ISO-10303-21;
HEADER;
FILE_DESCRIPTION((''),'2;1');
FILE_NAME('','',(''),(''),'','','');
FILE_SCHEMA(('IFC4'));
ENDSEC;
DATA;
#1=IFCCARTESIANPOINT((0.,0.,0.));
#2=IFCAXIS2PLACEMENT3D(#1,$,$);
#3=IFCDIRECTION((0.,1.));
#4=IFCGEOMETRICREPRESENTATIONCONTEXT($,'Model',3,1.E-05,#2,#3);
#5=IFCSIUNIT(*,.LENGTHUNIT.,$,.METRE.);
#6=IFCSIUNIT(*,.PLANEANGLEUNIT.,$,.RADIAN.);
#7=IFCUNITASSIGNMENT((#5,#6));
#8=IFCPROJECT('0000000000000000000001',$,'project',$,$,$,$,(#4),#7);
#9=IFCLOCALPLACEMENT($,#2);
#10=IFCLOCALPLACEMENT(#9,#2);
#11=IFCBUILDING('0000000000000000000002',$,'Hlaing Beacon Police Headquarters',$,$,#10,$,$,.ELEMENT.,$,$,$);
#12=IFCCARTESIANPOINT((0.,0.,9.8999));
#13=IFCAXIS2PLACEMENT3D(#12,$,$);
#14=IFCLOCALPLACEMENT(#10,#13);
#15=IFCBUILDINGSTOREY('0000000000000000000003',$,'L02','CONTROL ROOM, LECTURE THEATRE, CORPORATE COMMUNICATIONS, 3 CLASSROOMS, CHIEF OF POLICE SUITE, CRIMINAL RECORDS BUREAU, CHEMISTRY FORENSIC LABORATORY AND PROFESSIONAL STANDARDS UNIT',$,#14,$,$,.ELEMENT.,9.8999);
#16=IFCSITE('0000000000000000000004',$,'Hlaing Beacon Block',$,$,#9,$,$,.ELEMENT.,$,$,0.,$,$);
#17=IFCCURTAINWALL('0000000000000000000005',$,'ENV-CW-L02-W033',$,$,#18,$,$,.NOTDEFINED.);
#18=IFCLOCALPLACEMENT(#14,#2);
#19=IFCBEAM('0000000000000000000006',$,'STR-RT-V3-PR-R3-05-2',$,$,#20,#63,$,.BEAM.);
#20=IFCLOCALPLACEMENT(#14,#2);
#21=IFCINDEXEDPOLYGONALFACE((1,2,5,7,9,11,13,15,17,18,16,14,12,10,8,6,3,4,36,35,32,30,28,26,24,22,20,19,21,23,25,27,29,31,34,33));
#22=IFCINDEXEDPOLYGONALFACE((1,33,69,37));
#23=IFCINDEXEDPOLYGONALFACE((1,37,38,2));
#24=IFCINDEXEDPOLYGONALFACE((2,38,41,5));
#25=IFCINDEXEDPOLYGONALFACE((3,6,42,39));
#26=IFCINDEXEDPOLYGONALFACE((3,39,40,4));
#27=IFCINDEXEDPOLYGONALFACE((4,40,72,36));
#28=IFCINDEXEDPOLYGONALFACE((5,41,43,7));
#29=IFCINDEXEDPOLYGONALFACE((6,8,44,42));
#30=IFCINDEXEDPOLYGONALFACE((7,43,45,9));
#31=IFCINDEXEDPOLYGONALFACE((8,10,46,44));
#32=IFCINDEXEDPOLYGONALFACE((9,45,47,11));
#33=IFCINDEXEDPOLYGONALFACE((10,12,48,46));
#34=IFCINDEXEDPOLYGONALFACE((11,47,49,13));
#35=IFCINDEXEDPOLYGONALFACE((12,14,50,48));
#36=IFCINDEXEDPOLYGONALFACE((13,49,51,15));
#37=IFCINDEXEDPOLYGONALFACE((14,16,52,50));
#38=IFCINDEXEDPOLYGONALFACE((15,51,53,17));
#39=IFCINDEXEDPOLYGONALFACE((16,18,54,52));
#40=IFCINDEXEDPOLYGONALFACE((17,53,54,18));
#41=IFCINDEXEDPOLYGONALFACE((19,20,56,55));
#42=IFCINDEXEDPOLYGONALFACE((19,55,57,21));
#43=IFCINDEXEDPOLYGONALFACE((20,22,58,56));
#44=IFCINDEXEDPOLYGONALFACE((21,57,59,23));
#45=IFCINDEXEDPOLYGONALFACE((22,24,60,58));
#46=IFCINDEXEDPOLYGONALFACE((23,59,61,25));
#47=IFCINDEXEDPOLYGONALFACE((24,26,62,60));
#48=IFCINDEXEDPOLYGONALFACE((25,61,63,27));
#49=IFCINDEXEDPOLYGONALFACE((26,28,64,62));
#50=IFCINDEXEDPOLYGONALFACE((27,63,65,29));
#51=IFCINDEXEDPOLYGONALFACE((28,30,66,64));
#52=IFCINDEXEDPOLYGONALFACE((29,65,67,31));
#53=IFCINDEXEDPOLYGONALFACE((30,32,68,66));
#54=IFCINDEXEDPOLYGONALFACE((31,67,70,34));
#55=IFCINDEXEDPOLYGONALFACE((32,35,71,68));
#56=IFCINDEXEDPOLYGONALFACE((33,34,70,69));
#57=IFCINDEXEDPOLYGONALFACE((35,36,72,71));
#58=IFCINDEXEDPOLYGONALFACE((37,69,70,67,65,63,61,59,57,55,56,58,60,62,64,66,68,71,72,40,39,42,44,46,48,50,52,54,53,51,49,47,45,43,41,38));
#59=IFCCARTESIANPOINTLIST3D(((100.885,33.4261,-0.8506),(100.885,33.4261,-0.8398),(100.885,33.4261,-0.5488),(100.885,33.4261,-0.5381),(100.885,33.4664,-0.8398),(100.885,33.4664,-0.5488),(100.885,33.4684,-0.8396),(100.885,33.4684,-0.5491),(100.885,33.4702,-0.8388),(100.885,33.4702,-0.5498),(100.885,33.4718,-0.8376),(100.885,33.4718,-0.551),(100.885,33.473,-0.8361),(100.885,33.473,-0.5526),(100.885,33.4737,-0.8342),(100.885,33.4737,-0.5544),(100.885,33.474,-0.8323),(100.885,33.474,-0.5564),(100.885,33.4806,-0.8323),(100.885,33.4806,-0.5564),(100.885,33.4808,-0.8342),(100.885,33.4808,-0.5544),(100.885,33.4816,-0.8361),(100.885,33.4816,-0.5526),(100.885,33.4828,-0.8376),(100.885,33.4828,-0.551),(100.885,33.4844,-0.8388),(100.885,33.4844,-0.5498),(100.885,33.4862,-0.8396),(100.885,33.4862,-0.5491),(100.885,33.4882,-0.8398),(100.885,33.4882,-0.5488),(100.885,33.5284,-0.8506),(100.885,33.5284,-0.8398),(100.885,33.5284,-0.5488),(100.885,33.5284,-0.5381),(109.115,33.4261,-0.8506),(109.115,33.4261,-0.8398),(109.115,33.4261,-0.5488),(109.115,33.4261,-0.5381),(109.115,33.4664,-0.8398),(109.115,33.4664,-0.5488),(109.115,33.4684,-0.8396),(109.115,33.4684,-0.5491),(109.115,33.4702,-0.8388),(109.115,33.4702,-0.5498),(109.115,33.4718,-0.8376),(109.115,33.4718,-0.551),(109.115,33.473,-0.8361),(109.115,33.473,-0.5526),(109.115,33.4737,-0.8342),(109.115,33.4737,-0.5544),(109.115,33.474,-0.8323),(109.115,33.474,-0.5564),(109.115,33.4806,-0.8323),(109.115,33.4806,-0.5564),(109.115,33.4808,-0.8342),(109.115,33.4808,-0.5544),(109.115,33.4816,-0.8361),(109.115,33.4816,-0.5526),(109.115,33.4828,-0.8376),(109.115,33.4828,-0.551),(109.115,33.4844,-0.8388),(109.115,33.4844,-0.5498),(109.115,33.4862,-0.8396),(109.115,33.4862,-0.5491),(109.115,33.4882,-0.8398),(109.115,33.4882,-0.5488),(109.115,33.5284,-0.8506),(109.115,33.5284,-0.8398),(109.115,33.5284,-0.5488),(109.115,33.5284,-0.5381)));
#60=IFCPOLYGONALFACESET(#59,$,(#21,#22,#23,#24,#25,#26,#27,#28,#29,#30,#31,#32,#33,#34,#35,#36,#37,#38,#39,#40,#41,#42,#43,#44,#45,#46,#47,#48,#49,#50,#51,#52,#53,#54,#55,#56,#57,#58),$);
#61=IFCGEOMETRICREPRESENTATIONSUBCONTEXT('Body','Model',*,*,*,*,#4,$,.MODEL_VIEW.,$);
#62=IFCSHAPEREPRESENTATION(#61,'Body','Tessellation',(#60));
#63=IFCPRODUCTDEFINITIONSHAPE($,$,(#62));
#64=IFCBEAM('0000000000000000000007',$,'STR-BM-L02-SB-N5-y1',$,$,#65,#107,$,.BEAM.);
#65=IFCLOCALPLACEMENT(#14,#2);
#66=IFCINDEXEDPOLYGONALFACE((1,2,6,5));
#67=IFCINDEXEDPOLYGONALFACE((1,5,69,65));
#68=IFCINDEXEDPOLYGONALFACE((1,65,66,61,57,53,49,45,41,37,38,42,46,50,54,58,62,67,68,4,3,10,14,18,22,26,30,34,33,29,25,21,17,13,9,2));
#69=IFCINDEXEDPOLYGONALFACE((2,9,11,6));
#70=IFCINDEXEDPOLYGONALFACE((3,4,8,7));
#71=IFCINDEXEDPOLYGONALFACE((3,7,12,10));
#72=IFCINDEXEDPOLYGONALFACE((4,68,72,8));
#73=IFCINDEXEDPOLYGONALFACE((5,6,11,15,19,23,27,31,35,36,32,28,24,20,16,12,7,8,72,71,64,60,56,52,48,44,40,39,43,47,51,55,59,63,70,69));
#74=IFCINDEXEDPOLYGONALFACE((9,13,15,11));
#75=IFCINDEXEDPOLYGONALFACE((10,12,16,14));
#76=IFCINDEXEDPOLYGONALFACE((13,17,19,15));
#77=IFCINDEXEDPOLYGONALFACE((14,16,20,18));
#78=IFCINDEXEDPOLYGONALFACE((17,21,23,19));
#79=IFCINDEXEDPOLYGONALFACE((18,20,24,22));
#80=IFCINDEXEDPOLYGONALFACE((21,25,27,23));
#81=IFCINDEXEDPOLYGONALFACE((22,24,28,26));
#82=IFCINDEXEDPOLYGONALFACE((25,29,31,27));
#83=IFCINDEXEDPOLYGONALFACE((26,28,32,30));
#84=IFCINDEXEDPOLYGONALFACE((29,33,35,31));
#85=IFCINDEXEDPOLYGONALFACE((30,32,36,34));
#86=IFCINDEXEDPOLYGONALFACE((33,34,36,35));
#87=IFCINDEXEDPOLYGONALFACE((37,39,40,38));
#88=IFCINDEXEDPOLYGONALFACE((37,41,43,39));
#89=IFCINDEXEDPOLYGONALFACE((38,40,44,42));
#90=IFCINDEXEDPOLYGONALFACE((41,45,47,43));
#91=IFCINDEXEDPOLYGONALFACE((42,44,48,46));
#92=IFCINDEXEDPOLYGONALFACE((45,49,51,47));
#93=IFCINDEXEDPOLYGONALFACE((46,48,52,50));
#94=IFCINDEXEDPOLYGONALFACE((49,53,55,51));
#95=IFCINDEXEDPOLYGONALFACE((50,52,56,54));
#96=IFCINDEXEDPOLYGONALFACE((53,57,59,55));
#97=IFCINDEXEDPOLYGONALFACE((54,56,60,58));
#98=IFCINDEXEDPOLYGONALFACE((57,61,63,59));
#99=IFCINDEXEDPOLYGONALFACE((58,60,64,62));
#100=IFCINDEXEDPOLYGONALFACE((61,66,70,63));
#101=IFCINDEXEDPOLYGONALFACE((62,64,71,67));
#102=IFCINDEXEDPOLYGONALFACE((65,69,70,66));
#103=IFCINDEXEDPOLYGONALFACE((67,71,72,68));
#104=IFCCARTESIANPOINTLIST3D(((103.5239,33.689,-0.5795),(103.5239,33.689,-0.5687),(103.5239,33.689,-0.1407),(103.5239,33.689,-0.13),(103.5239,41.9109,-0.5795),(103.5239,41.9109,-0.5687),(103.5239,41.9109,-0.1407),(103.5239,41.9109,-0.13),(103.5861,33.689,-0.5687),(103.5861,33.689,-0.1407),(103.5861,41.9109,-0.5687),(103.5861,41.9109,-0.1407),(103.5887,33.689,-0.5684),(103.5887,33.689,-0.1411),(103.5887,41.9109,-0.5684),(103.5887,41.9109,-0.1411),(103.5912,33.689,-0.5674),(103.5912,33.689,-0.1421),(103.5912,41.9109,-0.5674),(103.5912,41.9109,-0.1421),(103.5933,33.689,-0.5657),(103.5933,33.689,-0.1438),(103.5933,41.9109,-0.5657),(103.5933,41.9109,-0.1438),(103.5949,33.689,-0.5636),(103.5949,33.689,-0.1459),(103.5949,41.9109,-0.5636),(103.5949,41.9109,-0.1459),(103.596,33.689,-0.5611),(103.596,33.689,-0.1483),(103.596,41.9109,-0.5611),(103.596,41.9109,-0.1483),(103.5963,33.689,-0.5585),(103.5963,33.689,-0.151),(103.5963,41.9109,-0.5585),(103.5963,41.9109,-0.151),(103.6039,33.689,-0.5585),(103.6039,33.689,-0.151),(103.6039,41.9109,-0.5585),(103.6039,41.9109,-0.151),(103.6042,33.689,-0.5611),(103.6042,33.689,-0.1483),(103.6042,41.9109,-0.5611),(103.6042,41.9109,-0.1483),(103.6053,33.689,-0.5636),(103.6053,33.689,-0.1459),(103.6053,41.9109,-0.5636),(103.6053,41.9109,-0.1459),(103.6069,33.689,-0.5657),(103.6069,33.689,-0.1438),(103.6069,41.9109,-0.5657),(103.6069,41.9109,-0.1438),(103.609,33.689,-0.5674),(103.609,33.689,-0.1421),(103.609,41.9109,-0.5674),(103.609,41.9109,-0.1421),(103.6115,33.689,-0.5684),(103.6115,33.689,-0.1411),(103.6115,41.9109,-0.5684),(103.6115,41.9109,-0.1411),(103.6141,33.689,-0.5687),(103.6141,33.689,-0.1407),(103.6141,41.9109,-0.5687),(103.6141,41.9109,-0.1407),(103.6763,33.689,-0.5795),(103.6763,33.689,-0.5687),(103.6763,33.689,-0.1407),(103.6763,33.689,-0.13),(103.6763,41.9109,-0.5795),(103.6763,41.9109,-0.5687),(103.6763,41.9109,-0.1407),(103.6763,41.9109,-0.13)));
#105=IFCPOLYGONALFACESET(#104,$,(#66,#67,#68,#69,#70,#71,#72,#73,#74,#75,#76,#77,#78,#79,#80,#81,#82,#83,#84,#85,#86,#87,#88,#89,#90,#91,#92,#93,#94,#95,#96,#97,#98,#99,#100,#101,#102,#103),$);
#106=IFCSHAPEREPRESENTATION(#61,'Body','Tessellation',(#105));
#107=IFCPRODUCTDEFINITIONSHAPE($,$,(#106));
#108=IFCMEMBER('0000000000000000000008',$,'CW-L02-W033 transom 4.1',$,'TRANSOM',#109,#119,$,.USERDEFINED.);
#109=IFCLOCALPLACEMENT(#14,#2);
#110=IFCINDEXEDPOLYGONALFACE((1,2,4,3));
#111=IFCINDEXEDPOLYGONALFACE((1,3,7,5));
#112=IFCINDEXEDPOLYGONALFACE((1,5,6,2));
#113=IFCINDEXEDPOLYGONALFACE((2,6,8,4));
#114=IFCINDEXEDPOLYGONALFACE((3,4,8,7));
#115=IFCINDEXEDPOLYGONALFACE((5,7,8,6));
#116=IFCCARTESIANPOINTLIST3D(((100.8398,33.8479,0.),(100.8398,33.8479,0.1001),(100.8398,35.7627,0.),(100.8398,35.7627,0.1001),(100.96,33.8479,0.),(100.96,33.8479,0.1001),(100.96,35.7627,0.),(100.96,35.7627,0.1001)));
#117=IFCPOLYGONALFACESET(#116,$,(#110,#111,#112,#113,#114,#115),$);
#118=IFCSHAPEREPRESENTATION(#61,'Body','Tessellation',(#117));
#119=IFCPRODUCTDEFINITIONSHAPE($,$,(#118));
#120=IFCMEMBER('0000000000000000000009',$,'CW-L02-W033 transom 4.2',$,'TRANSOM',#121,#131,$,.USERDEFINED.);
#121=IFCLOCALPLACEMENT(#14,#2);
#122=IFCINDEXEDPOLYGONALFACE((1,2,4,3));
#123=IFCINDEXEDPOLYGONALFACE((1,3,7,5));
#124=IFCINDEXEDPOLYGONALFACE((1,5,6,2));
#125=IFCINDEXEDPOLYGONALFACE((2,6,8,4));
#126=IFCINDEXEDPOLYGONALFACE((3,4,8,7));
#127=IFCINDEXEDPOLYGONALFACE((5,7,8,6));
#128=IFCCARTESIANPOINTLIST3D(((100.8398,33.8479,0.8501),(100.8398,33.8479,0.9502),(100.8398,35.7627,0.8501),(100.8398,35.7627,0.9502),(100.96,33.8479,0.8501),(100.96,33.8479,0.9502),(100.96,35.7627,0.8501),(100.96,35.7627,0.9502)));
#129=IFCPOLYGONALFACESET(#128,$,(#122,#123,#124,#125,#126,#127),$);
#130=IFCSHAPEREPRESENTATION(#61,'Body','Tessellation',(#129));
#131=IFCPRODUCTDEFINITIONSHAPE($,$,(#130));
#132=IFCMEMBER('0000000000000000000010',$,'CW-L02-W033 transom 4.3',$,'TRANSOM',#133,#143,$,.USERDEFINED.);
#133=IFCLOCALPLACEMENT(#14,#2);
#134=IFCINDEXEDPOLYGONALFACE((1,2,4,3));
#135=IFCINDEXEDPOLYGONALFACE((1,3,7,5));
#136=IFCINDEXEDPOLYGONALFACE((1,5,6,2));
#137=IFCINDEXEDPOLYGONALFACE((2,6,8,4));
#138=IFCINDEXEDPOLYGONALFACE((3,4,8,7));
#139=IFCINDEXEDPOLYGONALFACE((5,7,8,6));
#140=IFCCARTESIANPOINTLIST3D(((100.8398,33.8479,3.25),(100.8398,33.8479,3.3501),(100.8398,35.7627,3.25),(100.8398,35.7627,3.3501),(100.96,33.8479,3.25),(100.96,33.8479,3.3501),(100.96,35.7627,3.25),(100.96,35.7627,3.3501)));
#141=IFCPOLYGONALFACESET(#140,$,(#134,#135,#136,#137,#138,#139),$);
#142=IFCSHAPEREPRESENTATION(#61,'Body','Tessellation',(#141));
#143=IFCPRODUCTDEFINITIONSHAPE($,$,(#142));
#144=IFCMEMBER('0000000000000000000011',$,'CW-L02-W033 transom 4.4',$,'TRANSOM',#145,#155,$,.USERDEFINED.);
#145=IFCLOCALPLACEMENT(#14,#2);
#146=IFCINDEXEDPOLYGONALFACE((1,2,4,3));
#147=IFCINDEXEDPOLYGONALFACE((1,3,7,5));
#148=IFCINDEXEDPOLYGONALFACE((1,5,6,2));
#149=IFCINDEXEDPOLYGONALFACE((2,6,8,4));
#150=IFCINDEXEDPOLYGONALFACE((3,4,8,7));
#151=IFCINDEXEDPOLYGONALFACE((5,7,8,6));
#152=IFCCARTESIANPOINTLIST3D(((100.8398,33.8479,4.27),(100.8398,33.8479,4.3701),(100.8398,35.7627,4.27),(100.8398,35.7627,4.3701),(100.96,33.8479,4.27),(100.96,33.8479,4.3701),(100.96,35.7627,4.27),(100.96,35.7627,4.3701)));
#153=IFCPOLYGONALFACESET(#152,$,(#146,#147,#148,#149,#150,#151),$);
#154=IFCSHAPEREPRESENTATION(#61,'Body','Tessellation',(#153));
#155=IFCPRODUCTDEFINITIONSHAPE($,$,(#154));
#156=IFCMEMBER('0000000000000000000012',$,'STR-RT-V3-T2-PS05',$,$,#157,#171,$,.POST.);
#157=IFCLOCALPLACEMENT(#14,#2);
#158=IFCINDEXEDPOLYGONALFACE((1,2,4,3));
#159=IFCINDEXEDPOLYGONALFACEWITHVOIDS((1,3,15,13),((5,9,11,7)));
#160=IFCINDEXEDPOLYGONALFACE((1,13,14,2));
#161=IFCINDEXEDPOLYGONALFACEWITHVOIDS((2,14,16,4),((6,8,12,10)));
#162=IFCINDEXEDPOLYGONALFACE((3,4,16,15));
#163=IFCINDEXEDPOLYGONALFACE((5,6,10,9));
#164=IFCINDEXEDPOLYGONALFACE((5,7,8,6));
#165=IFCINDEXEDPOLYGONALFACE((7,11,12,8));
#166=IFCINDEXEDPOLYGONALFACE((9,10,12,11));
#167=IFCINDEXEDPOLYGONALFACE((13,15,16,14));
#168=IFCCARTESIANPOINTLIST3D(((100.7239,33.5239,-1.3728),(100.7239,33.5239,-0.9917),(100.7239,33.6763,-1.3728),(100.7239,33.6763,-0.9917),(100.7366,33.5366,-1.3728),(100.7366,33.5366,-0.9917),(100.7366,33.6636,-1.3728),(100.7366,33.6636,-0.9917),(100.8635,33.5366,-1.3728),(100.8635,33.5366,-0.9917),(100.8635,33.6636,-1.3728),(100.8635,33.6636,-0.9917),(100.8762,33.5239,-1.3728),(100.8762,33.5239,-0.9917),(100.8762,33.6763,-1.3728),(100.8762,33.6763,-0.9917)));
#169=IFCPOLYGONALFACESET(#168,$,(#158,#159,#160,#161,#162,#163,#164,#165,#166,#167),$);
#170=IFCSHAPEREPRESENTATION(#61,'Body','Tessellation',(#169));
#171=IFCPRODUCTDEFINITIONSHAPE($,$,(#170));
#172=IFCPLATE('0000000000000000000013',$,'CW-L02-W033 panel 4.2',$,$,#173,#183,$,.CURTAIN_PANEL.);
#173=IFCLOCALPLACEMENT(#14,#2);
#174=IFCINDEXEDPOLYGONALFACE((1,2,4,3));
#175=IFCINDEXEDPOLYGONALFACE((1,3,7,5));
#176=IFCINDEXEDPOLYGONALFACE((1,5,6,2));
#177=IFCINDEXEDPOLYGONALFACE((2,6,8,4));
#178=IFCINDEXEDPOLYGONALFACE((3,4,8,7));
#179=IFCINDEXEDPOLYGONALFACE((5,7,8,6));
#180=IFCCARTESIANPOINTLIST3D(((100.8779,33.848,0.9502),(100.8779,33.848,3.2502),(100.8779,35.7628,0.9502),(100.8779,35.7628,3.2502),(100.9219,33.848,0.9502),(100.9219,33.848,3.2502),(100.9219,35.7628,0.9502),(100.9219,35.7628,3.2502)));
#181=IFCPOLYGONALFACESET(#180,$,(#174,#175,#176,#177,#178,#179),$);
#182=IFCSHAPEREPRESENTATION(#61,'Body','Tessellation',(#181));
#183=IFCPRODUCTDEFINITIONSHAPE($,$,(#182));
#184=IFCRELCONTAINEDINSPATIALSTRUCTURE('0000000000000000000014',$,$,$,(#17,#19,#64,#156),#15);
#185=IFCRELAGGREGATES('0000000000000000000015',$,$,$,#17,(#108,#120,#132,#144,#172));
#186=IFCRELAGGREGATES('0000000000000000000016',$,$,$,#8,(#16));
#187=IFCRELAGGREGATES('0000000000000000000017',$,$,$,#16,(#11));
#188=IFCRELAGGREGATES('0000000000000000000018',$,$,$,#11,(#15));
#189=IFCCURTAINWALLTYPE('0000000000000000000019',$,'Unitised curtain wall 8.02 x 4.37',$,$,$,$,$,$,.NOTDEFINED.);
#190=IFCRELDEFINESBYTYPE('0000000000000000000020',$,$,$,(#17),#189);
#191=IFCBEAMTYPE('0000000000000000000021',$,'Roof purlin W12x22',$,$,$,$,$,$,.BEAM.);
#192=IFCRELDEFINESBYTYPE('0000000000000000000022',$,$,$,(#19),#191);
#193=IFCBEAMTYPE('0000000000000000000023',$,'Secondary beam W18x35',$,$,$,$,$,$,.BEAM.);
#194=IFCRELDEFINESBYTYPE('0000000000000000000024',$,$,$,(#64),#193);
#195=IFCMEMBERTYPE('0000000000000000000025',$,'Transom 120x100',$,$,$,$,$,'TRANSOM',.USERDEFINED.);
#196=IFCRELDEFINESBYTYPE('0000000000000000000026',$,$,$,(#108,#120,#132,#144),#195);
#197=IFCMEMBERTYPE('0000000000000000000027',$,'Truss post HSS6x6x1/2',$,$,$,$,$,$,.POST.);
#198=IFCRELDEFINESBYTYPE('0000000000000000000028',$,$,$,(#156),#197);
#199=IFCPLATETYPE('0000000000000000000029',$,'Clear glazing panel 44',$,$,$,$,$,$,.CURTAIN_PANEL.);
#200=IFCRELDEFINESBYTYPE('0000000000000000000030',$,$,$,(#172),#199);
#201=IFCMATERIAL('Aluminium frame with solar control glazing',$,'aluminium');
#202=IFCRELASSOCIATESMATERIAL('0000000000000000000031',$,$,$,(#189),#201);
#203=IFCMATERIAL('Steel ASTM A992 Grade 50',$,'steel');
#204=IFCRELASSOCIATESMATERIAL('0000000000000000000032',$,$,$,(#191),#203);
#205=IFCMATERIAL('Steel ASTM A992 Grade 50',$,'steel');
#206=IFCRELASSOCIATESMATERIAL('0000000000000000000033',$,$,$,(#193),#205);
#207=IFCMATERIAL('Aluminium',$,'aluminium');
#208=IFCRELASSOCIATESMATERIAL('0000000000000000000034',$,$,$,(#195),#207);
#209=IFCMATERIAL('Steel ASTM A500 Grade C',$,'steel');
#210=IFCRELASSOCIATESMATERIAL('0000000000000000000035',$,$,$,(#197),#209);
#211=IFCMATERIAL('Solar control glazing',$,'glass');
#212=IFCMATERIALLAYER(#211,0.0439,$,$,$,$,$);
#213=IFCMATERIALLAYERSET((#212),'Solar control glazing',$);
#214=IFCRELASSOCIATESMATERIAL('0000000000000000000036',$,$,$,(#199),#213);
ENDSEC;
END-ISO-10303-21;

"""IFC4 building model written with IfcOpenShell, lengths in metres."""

from ifc_helpers import new_model, si_unit, direction, frame, origin, origin_2d, place, context, subcontext, project, spatial, rectangle, hollow_rectangle, i_section, extrude, material, layer, layer_set, material_profile, profile_set, type_object, element, aggregate, save


model = new_model("IFC4")

# Units and contexts
model_context = context("Model", 3, precision=1e-05, world=origin(), true_north=direction((0.0, 1.0)))
body_context = subcontext(model_context, "Body", "Model", "MODEL_VIEW")
ifc_project = project(units=[si_unit("LENGTHUNIT", "METRE"), si_unit("PLANEANGLEUNIT", "RADIAN")], contexts=[model_context])

# Site, building, storey
site_placement = place(None, origin())
site = spatial("IfcSite", under=ifc_project, at=site_placement, Name="Hlaing Beacon Block", CompositionType="ELEMENT", RefElevation=0.0)
building_placement = place(site_placement, origin())
building = spatial("IfcBuilding", under=site, at=building_placement, Name="Hlaing Beacon Police Headquarters", CompositionType="ELEMENT")
storey_placement = place(building_placement, frame((0.0, 0.0, 9.8999)))
storey = spatial("IfcBuildingStorey", under=building, at=storey_placement, Name="L02", Description="CONTROL ROOM, LECTURE THEATRE, CORPORATE COMMUNICATIONS, 3 CLASSROOMS, CHIEF OF POLICE SUITE, CRIMINAL RECORDS BUREAU, CHEMISTRY FORENSIC LABORATORY AND PROFESSIONAL STANDARDS UNIT", CompositionType="ELEMENT", Elevation=9.8999)

# Curtain wall
ifc_material_1 = material(Name="Aluminium frame with solar control glazing", Category="aluminium")
curtain_wall_type = type_object("IfcCurtainWallType", Name="Unitised curtain wall 8.02 x 4.37", PredefinedType="NOTDEFINED", material=ifc_material_1)
curtain_wall_placement = place(storey_placement, origin())
curtain_wall = element("IfcCurtainWall", 1, at=curtain_wall_placement, inside=storey, type_object=curtain_wall_type, Name="ENV-CW-L02-W033", PredefinedType="NOTDEFINED")

# Beams
ifc_material_2 = material(Name="Steel ASTM A992 Grade 50", Category="steel")
ifc_material_profile_1 = material_profile(ifc_material_2, i_section(OverallWidth=0.1023, OverallDepth=0.3125, WebThickness=0.0066, FlangeThickness=0.0107, FilletRadius=0.0076, at=origin_2d()), Name="W12x22")
ifc_profile_set_1 = profile_set([ifc_material_profile_1], Name="Steel ASTM A992 Grade 50")
beam_type_1 = type_object("IfcBeamType", Name="Roof purlin W12x22", PredefinedType="BEAM", material=ifc_profile_set_1)
beam_1_placement = place(storey_placement, frame((100.885, 33.4773, -0.6943), z_axis=(1.0, 0.0, 0.0), x_axis=(0.0, 1.0, 0.0)))
element("IfcBeam", 2, at=beam_1_placement, inside=storey, type_object=beam_type_1, Name="STR-RT-V3-PR-R3-05-2", PredefinedType="BEAM", context=body_context, shape_type="SweptSolid", body=[
    extrude(i_section(OverallWidth=0.1023, OverallDepth=0.3125, WebThickness=0.0066, FlangeThickness=0.0107, FilletRadius=0.0076, at=origin_2d()), origin(), (0.0, 0.0, 1.0), 8.23),
])
ifc_material_3 = material(Name="Steel ASTM A992 Grade 50", Category="steel")
ifc_material_profile_2 = material_profile(ifc_material_3, i_section(OverallWidth=0.1523, OverallDepth=0.4495, WebThickness=0.0076, FlangeThickness=0.0107, FilletRadius=0.0103, at=origin_2d()), Name="W18x35")
ifc_profile_set_2 = profile_set([ifc_material_profile_2], Name="Steel ASTM A992 Grade 50")
beam_type_2 = type_object("IfcBeamType", Name="Secondary beam W18x35", PredefinedType="BEAM", material=ifc_profile_set_2)
beam_2_placement = place(storey_placement, frame((103.6001, 33.689, -0.3547), z_axis=(0.0, 1.0, 0.0), x_axis=(-1.0, 0.0, 0.0)))
element("IfcBeam", 3, at=beam_2_placement, inside=storey, type_object=beam_type_2, Name="STR-BM-L02-SB-N5-y1", PredefinedType="BEAM", context=body_context, shape_type="SweptSolid", body=[
    extrude(i_section(OverallWidth=0.1523, OverallDepth=0.4495, WebThickness=0.0076, FlangeThickness=0.0107, FilletRadius=0.0103, at=origin_2d()), origin(), (0.0, 0.0, 1.0), 8.2219),
])

# Members
ifc_material_4 = material(Name="Aluminium", Category="aluminium")
ifc_material_profile_3 = material_profile(ifc_material_4, rectangle(XDim=0.1201, YDim=0.1001, at=origin_2d()), Name="Transom 120x100")
ifc_profile_set_3 = profile_set([ifc_material_profile_3], Name="Aluminium")
member_type_1 = type_object("IfcMemberType", Name="Transom 120x100", ElementType="TRANSOM", PredefinedType="USERDEFINED", material=ifc_profile_set_3)
member_1_placement = place(storey_placement, frame((100.8999, 35.7627, 0.05), z_axis=(0.0, -1.0, 0.0), x_axis=(1.0, 0.0, 0.0)))
member_1 = element("IfcMember", 4, at=member_1_placement, type_object=member_type_1, Name="CW-L02-W033 transom 4.1", ObjectType="TRANSOM", PredefinedType="USERDEFINED", context=body_context, shape_type="SweptSolid", body=[
    extrude(rectangle(XDim=0.1201, YDim=0.1001, at=origin_2d()), origin(), (0.0, 0.0, 1.0), 1.9148),
])
member_2_placement = place(storey_placement, frame((100.8999, 35.7627, 0.9001), z_axis=(0.0, -1.0, 0.0), x_axis=(1.0, 0.0, 0.0)))
member_2 = element("IfcMember", 5, at=member_2_placement, type_object=member_type_1, Name="CW-L02-W033 transom 4.2", ObjectType="TRANSOM", PredefinedType="USERDEFINED", context=body_context, shape_type="SweptSolid", body=[
    extrude(rectangle(XDim=0.1201, YDim=0.1001, at=origin_2d()), origin(), (0.0, 0.0, 1.0), 1.9148),
])
member_3_placement = place(storey_placement, frame((100.8999, 35.7627, 3.3), z_axis=(0.0, -1.0, 0.0), x_axis=(1.0, 0.0, 0.0)))
member_3 = element("IfcMember", 6, at=member_3_placement, type_object=member_type_1, Name="CW-L02-W033 transom 4.3", ObjectType="TRANSOM", PredefinedType="USERDEFINED", context=body_context, shape_type="SweptSolid", body=[
    extrude(rectangle(XDim=0.1201, YDim=0.1001, at=origin_2d()), origin(), (0.0, 0.0, 1.0), 1.9148),
])
member_4_placement = place(storey_placement, frame((100.8999, 35.7627, 4.3201), z_axis=(0.0, -1.0, 0.0), x_axis=(1.0, 0.0, 0.0)))
member_4 = element("IfcMember", 7, at=member_4_placement, type_object=member_type_1, Name="CW-L02-W033 transom 4.4", ObjectType="TRANSOM", PredefinedType="USERDEFINED", context=body_context, shape_type="SweptSolid", body=[
    extrude(rectangle(XDim=0.1201, YDim=0.1001, at=origin_2d()), origin(), (0.0, 0.0, 1.0), 1.9148),
])
ifc_material_5 = material(Name="Steel ASTM A500 Grade C", Category="steel")
ifc_material_profile_4 = material_profile(ifc_material_5, hollow_rectangle(XDim=0.1523, YDim=0.1523, WallThickness=0.0127, at=origin_2d()), Name="HSS6x6x1/2")
ifc_profile_set_4 = profile_set([ifc_material_profile_4], Name="Steel ASTM A500 Grade C")
member_type_2 = type_object("IfcMemberType", Name="Truss post HSS6x6x1/2", PredefinedType="POST", material=ifc_profile_set_4)
member_5_placement = place(storey_placement, frame((100.8, 33.6001, -1.3728), z_axis=(0.0, 0.0, 1.0), x_axis=(1.0, 0.0, 0.0)))
element("IfcMember", 8, at=member_5_placement, inside=storey, type_object=member_type_2, Name="STR-RT-V3-T2-PS05", PredefinedType="POST", context=body_context, shape_type="SweptSolid", body=[
    extrude(hollow_rectangle(XDim=0.1523, YDim=0.1523, WallThickness=0.0127, at=origin_2d()), origin(), (0.0, 0.0, 1.0), 0.3811),
])

# Plate
ifc_material_6 = material(Name="Solar control glazing", Category="glass")
ifc_layer_1 = layer(ifc_material_6, 0.0439)
ifc_layer_set_1 = layer_set([ifc_layer_1], Name="Solar control glazing")
plate_type_1 = type_object("IfcPlateType", Name="Clear glazing panel 44", PredefinedType="CURTAIN_PANEL", material=ifc_layer_set_1)
plate_1_placement = place(storey_placement, frame((100.8999, 34.8054, 0.9502), z_axis=(0.0, 0.0, 1.0), x_axis=(0.0, -1.0, 0.0)))
plate_1 = element("IfcPlate", 9, at=plate_1_placement, type_object=plate_type_1, Name="CW-L02-W033 panel 4.2", PredefinedType="CURTAIN_PANEL", context=body_context, shape_type="SweptSolid", body=[
    extrude(rectangle(XDim=1.9148, YDim=0.0439, at=origin_2d()), origin(), (0.0, 0.0, 1.0), 2.3),
])
aggregate(curtain_wall, [member_1, member_2, member_3, member_4, plate_1])

save(model, "model.ifc")
